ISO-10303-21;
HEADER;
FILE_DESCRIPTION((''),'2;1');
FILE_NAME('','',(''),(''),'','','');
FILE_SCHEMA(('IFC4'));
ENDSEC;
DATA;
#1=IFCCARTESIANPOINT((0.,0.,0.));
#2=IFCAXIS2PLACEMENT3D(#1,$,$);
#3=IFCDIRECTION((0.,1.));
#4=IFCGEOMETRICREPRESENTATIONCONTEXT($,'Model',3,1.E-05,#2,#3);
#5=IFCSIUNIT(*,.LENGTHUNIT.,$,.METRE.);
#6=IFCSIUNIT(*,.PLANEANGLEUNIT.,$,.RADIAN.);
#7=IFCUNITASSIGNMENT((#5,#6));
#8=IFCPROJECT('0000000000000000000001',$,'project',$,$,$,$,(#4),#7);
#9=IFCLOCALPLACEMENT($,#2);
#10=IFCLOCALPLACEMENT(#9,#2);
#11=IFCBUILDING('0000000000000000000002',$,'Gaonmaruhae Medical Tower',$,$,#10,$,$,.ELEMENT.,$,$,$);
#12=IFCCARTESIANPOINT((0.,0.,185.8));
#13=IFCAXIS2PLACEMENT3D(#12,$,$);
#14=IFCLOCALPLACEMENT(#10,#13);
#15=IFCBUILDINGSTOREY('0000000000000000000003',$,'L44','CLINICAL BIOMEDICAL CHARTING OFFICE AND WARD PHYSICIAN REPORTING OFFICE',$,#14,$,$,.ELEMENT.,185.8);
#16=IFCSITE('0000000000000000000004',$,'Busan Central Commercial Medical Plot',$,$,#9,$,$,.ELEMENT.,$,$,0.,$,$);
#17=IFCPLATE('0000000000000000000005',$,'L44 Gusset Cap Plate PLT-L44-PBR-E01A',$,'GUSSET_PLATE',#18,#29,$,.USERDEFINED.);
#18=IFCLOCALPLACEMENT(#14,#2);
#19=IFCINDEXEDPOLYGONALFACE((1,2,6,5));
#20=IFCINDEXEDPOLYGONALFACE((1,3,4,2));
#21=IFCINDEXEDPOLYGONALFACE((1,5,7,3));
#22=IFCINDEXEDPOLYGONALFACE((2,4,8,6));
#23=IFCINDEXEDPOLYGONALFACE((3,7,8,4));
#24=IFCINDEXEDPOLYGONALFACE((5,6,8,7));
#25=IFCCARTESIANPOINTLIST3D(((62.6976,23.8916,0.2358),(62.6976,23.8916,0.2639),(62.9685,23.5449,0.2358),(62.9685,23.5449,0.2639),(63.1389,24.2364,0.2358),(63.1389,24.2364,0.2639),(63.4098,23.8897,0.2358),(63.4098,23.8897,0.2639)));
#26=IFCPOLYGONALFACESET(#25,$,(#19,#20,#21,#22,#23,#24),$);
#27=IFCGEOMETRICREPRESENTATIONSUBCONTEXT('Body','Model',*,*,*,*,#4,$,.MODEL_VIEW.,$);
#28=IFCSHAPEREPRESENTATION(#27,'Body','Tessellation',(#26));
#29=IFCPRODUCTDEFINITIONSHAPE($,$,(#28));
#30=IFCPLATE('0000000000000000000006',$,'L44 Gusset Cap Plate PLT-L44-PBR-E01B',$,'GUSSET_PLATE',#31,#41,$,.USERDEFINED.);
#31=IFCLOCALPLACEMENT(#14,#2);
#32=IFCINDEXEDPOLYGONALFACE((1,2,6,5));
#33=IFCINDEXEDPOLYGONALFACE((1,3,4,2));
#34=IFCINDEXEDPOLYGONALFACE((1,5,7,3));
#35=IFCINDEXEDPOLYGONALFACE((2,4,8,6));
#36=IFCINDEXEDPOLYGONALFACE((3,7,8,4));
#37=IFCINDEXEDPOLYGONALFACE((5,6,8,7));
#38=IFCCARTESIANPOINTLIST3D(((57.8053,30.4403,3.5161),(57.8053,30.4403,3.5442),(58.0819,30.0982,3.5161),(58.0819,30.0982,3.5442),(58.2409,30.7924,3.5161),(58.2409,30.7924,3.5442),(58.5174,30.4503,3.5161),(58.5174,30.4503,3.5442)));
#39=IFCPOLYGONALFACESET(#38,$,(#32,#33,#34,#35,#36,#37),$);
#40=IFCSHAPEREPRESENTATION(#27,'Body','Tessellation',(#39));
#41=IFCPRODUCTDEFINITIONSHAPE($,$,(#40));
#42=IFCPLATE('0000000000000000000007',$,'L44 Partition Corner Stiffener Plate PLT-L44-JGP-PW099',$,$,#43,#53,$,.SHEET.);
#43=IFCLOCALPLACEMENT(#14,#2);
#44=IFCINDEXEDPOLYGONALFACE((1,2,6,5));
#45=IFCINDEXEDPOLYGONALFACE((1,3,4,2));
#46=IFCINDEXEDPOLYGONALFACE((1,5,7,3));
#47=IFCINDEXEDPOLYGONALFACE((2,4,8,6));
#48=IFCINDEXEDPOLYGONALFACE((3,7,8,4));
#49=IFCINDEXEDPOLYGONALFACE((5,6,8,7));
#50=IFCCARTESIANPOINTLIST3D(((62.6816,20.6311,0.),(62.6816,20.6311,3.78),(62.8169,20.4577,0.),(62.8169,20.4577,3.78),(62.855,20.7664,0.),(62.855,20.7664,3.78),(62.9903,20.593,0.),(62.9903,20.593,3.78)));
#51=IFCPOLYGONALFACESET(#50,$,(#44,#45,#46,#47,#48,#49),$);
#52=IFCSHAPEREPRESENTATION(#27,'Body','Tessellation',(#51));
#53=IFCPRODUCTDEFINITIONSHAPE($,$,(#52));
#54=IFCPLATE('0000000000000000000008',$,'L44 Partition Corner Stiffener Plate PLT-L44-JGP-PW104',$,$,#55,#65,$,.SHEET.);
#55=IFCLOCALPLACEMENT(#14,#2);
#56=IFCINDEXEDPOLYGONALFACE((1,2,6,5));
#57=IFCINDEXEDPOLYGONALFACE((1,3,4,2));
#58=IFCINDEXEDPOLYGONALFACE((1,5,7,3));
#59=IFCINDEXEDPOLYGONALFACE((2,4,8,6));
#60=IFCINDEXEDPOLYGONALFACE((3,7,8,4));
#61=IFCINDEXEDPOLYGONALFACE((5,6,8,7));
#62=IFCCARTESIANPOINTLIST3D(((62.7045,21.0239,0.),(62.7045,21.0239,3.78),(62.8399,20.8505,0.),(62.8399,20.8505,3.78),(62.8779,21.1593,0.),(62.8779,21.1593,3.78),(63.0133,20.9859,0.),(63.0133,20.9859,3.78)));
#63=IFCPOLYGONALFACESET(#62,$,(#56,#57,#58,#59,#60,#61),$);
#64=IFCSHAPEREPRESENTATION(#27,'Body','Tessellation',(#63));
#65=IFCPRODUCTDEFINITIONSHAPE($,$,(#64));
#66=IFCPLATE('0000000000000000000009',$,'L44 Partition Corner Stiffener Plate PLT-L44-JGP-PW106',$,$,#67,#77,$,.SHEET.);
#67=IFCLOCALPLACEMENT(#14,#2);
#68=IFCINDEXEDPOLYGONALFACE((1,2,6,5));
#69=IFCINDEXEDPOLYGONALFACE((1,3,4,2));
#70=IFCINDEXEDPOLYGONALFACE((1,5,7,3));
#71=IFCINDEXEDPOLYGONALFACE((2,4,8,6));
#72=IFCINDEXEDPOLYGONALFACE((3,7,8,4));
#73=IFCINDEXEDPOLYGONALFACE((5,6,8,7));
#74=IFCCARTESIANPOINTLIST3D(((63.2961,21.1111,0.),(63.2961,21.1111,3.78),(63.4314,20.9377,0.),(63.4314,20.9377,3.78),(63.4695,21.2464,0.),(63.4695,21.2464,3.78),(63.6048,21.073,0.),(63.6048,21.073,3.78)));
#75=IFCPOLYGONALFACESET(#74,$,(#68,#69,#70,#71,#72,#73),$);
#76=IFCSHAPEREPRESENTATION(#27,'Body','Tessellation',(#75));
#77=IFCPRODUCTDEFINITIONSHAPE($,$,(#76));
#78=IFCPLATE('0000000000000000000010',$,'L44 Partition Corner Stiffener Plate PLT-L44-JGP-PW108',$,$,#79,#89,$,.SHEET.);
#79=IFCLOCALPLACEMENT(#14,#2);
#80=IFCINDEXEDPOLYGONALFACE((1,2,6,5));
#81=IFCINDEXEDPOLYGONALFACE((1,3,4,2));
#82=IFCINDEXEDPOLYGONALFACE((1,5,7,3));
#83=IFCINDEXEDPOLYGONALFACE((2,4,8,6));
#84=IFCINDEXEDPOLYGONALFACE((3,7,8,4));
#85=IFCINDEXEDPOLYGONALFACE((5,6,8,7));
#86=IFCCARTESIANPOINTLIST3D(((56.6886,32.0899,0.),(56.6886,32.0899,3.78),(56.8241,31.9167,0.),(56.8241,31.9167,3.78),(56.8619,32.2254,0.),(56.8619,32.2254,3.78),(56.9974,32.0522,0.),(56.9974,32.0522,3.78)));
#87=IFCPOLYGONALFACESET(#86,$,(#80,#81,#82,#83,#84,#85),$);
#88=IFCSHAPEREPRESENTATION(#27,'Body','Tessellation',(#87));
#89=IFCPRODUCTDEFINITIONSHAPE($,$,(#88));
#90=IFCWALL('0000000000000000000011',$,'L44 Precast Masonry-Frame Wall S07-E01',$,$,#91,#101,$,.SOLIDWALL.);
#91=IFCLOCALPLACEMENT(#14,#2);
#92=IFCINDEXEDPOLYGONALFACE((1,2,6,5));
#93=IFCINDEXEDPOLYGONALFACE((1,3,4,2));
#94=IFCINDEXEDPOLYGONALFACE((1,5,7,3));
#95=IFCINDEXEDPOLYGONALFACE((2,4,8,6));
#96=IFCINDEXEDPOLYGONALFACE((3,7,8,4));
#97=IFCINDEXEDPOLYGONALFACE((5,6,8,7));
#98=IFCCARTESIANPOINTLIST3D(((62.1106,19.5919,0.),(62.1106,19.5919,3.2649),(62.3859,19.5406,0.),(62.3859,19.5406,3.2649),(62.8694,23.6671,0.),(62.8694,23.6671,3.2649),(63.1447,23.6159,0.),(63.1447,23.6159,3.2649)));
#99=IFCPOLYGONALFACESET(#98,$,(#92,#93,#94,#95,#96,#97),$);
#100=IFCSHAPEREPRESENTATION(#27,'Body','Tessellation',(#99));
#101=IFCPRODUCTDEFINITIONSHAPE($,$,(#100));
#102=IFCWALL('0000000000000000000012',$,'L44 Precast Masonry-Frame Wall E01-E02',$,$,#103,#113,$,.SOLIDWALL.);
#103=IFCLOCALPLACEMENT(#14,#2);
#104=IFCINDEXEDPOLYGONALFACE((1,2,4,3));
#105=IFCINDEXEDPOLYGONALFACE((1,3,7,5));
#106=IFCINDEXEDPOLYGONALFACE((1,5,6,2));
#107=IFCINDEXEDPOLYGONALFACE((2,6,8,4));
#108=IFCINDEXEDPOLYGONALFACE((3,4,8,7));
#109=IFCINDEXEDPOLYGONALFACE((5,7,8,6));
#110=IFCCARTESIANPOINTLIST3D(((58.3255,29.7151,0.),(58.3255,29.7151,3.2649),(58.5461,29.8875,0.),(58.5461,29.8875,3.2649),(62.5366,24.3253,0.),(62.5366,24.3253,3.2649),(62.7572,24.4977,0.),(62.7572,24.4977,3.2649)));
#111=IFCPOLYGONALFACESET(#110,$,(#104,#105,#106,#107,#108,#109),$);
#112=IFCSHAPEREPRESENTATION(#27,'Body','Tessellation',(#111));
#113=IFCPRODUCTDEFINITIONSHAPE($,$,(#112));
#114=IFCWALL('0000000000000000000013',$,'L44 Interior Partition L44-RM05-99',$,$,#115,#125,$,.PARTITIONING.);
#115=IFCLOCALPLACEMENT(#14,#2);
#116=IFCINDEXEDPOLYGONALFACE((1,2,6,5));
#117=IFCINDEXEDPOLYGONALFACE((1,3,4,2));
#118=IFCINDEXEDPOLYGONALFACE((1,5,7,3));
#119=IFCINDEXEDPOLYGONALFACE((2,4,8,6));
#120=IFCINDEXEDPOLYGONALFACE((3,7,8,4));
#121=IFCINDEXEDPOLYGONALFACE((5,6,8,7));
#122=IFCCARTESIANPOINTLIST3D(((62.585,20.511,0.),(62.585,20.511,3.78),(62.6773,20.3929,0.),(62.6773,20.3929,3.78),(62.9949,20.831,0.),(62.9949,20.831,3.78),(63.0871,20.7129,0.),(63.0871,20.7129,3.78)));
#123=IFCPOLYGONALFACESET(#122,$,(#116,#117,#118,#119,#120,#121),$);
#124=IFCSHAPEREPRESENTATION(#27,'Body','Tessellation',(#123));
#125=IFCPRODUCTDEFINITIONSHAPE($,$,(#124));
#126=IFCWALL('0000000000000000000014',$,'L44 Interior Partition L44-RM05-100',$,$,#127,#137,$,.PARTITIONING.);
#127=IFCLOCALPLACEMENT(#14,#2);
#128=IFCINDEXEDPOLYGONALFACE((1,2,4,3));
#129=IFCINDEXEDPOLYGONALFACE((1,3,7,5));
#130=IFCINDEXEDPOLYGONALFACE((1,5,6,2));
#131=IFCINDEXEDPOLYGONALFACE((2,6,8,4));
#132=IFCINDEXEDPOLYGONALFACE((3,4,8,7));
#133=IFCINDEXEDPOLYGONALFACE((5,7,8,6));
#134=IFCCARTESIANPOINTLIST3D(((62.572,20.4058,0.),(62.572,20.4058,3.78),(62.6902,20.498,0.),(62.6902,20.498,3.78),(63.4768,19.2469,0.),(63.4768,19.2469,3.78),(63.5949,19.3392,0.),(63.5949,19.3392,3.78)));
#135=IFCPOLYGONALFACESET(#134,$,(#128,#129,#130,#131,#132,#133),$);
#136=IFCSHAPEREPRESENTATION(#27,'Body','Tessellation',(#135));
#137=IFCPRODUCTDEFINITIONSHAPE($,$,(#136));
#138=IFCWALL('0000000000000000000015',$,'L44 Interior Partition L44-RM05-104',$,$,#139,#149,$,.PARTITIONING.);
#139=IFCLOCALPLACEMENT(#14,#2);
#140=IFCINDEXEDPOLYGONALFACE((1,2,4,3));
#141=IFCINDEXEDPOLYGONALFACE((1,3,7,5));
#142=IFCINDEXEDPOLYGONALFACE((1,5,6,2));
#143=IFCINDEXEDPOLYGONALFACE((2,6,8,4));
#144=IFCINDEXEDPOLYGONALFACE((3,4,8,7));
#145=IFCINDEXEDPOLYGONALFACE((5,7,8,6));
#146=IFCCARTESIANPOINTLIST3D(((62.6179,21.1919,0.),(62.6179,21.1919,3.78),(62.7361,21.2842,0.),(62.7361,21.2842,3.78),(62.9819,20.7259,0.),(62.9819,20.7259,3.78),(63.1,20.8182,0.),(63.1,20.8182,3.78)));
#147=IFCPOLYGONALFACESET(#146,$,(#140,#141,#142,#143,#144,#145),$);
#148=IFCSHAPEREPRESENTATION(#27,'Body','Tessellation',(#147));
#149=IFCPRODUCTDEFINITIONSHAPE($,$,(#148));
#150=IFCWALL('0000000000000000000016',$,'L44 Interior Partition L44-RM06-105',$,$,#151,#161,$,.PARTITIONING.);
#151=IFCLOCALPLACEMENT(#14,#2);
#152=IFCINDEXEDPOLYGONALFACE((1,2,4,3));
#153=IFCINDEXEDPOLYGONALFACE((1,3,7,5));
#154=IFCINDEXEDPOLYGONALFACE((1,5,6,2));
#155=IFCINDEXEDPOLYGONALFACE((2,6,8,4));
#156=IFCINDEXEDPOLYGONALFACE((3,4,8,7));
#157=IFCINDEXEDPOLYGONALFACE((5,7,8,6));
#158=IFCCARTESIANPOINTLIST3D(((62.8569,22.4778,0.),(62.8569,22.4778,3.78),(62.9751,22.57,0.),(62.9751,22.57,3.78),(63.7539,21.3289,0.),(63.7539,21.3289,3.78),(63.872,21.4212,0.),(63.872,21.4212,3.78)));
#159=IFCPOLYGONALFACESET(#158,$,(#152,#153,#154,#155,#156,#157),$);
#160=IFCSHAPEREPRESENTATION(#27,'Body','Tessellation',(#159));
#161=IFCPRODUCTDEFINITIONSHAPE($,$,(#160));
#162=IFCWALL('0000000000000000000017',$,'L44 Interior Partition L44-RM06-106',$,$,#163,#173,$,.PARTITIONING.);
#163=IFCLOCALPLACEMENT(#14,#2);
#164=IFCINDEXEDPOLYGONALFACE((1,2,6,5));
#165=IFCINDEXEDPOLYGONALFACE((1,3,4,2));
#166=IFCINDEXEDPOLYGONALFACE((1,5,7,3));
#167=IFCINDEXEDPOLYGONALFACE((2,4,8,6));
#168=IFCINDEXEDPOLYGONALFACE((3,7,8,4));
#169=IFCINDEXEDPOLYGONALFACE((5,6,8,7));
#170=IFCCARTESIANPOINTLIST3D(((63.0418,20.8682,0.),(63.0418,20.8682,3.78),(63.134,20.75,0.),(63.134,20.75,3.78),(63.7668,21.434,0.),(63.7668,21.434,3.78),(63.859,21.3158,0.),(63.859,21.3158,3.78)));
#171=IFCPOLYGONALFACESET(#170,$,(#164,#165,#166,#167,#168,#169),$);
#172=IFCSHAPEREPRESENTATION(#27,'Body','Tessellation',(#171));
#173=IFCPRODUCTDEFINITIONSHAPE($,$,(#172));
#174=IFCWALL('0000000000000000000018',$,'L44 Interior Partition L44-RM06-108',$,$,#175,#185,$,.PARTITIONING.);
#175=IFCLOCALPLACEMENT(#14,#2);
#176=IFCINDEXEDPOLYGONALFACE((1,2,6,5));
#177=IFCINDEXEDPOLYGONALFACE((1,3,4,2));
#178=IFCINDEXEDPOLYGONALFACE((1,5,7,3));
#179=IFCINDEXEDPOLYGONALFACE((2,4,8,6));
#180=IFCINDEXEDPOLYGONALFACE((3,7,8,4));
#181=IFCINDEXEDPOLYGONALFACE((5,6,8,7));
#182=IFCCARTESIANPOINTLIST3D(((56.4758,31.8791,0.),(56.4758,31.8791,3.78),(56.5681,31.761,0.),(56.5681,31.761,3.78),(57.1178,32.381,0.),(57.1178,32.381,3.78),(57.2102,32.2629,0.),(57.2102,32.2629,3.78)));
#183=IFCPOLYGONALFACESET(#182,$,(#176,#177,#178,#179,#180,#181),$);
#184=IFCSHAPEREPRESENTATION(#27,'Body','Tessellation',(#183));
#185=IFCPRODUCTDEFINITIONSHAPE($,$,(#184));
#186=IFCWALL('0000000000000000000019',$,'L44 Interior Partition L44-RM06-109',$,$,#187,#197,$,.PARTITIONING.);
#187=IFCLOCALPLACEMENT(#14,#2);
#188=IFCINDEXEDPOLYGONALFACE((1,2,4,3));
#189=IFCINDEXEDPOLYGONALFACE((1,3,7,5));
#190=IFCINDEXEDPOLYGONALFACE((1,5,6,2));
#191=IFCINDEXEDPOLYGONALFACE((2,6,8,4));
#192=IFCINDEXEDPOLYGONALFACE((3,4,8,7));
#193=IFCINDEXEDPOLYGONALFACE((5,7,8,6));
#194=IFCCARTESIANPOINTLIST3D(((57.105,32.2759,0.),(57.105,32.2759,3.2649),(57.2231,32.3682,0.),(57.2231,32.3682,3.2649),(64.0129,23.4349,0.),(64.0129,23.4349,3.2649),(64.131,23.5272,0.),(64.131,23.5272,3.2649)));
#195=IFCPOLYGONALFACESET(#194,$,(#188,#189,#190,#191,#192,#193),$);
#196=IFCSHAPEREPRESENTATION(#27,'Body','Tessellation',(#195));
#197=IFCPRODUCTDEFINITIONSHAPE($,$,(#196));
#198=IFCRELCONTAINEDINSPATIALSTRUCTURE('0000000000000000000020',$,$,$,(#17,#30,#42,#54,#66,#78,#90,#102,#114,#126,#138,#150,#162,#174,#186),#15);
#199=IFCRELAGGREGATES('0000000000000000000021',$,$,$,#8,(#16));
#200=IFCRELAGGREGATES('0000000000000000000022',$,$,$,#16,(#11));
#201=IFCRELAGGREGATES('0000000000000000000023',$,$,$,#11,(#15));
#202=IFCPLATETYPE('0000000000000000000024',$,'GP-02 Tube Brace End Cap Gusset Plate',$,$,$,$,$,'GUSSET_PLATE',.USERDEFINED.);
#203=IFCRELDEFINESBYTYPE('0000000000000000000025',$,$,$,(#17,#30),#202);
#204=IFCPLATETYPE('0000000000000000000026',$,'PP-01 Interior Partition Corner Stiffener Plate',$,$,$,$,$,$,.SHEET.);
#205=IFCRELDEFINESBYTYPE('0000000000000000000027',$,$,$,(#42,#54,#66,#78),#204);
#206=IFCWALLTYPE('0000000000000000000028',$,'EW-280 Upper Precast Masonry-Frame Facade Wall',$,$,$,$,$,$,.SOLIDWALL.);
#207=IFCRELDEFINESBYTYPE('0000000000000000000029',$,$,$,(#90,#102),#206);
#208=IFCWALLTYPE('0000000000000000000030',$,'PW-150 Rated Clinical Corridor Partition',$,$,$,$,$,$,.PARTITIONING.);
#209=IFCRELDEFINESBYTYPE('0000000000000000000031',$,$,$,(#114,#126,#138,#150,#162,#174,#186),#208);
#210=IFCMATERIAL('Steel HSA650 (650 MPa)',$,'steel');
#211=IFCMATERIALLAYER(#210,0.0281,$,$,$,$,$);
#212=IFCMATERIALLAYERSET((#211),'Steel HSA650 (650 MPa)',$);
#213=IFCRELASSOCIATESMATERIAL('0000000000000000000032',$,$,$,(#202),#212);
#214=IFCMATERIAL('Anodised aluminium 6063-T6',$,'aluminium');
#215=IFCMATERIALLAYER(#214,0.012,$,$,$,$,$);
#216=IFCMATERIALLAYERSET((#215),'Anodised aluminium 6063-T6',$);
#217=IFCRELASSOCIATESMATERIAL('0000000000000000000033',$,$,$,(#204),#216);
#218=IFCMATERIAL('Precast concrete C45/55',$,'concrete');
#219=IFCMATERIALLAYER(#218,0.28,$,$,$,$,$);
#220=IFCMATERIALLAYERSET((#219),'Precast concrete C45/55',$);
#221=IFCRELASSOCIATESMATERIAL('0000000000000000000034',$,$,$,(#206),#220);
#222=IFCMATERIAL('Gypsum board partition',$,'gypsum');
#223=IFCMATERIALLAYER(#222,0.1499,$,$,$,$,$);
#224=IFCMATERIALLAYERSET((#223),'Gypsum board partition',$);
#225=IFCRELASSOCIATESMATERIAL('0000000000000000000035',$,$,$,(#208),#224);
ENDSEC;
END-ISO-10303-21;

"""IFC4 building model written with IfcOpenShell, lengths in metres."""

from ifc_helpers import new_model, si_unit, direction, frame, frame_2d, origin, origin_2d, place, context, subcontext, project, spatial, rectangle, extrude, material, layer, layer_set, type_object, element, save


model = new_model("IFC4")

# Units and contexts
model_context = context("Model", 3, precision=1e-05, world=origin(), true_north=direction((0.0, 1.0)))
body_context = subcontext(model_context, "Body", "Model", "MODEL_VIEW")
ifc_project = project(units=[si_unit("LENGTHUNIT", "METRE"), si_unit("PLANEANGLEUNIT", "RADIAN")], contexts=[model_context])

# Site, building, storey
site_placement = place(None, origin())
site = spatial("IfcSite", under=ifc_project, at=site_placement, Name="Busan Central Commercial Medical Plot", CompositionType="ELEMENT", RefElevation=0.0)
building_placement = place(site_placement, origin())
building = spatial("IfcBuilding", under=site, at=building_placement, Name="Gaonmaruhae Medical Tower", CompositionType="ELEMENT")
storey_placement = place(building_placement, frame((0.0, 0.0, 185.8)))
storey = spatial("IfcBuildingStorey", under=building, at=storey_placement, Name="L44", Description="CLINICAL BIOMEDICAL CHARTING OFFICE AND WARD PHYSICIAN REPORTING OFFICE", CompositionType="ELEMENT", Elevation=185.8)

# Plates
ifc_material_1 = material(Name="Steel HSA650 (650 MPa)", Category="steel")
ifc_layer_1 = layer(ifc_material_1, 0.0281)
ifc_layer_set_1 = layer_set([ifc_layer_1], Name="Steel HSA650 (650 MPa)")
plate_type_1 = type_object("IfcPlateType", Name="GP-02 Tube Brace End Cap Gusset Plate", ElementType="GUSSET_PLATE", PredefinedType="USERDEFINED", material=ifc_layer_set_1)
for number, where, z_axis, x_axis, name in (
    (1, (63.0537, 23.8906, 0.2358), (0.0, 0.0, 1.0), (0.788011, 0.615661, 0.0), "L44 Gusset Cap Plate PLT-L44-PBR-E01A"),
    (2, (58.1614, 30.4453, 3.5161), (0.0, 0.0, 1.0), (0.777695, 0.628642, 0.0), "L44 Gusset Cap Plate PLT-L44-PBR-E01B"),
):
    element("IfcPlate", number, at=place(storey_placement, frame(where, z_axis=z_axis, x_axis=x_axis)), inside=storey, type_object=plate_type_1, Name=name, ObjectType="GUSSET_PLATE", PredefinedType="USERDEFINED", context=body_context, shape_type="SweptSolid", body=[
        extrude(rectangle(XDim=0.5601, YDim=0.4399, at=origin_2d()), origin(), (0.0, 0.0, 1.0), 0.0281),
    ])
ifc_material_2 = material(Name="Anodised aluminium 6063-T6", Category="aluminium")
ifc_layer_2 = layer(ifc_material_2, 0.012)
ifc_layer_set_2 = layer_set([ifc_layer_2], Name="Anodised aluminium 6063-T6")
plate_type_2 = type_object("IfcPlateType", Name="PP-01 Interior Partition Corner Stiffener Plate", PredefinedType="SHEET", material=ifc_layer_set_2)
for number, where, z_axis, x_axis, name in (
    (3, (62.8359, 20.6121, 0.0), (0.0, 0.0, 1.0), (-0.788312, -0.615276, 0.0), "L44 Partition Corner Stiffener Plate PLT-L44-JGP-PW099"),
    (4, (62.8589, 21.0049, 0.0), (0.0, 0.0, 1.0), (0.615579, -0.788075, 0.0), "L44 Partition Corner Stiffener Plate PLT-L44-JGP-PW104"),
    (5, (63.4504, 21.092, 0.0), (0.0, 0.0, 1.0), (-0.788236, -0.615373, 0.0), "L44 Partition Corner Stiffener Plate PLT-L44-JGP-PW106"),
    (6, (56.843, 32.071, 0.0), (0.0, 0.0, 1.0), (0.787764, 0.615978, 0.0), "L44 Partition Corner Stiffener Plate PLT-L44-JGP-PW108"),
):
    element("IfcPlate", number, at=place(storey_placement, frame(where, z_axis=z_axis, x_axis=x_axis)), inside=storey, type_object=plate_type_2, Name=name, PredefinedType="SHEET", context=body_context, shape_type="SweptSolid", body=[
        extrude(rectangle(XDim=0.22, YDim=0.22, at=origin_2d()), origin(), (0.0, 0.0, 1.0), 3.78),
    ])

# Walls
ifc_material_3 = material(Name="Precast concrete C45/55", Category="concrete")
ifc_layer_3 = layer(ifc_material_3, 0.28)
ifc_layer_set_3 = layer_set([ifc_layer_3], Name="Precast concrete C45/55")
wall_type_1 = type_object("IfcWallType", Name="EW-280 Upper Precast Masonry-Frame Facade Wall", PredefinedType="SOLIDWALL", material=ifc_layer_set_3)
wall_1_placement = place(storey_placement, frame((63.0071, 23.6416, 0.0), z_axis=(0.0, 0.0, 1.0), x_axis=(-0.183051, -0.983103, 0.0)))
element("IfcWall", 7, at=wall_1_placement, inside=storey, type_object=wall_type_1, Name="L44 Precast Masonry-Frame Wall S07-E01", PredefinedType="SOLIDWALL", context=body_context, shape_type="SweptSolid", body=[
    extrude(rectangle(XDim=4.1453, YDim=0.28, at=frame_2d((2.0728, 0.0))), origin(), (0.0, 0.0, 1.0), 3.2649),
])
wall_2_placement = place(storey_placement, frame((58.4358, 29.8013, 0.0), z_axis=(0.0, 0.0, 1.0), x_axis=(0.615674, -0.788001, 0.0)))
element("IfcWall", 8, at=wall_2_placement, inside=storey, type_object=wall_type_1, Name="L44 Precast Masonry-Frame Wall E01-E02", PredefinedType="SOLIDWALL", context=body_context, shape_type="SweptSolid", body=[
    extrude(rectangle(XDim=6.8398, YDim=0.28, at=frame_2d((3.4199, 0.0))), origin(), (0.0, 0.0, 1.0), 3.2649),
])
ifc_material_4 = material(Name="Gypsum board partition", Category="gypsum")
ifc_layer_4 = layer(ifc_material_4, 0.1499)
ifc_layer_set_4 = layer_set([ifc_layer_4], Name="Gypsum board partition")
wall_type_2 = type_object("IfcWallType", Name="PW-150 Rated Clinical Corridor Partition", PredefinedType="PARTITIONING", material=ifc_layer_set_4)
wall_3_placement = place(storey_placement, frame((63.041, 20.772, 0.0), z_axis=(0.0, 0.0, 1.0), x_axis=(-0.788188, -0.615434, 0.0)))
element("IfcWall", 9, at=wall_3_placement, inside=storey, type_object=wall_type_2, Name="L44 Interior Partition L44-RM05-99", PredefinedType="PARTITIONING", context=body_context, shape_type="SweptSolid", body=[
    extrude(rectangle(XDim=0.52, YDim=0.1499, at=frame_2d((0.26, 0.0))), origin(), (0.0, 0.0, 1.0), 3.78),
])
wall_4_placement = place(storey_placement, frame((62.6311, 20.4519, 0.0), z_axis=(0.0, 0.0, 1.0), x_axis=(0.615377, -0.788233, 0.0)))
element("IfcWall", 10, at=wall_4_placement, inside=storey, type_object=wall_type_2, Name="L44 Interior Partition L44-RM05-100", PredefinedType="PARTITIONING", context=body_context, shape_type="SweptSolid", body=[
    extrude(rectangle(XDim=1.4702, YDim=0.1499, at=frame_2d((0.7351, 0.0))), origin(), (0.0, 0.0, 1.0), 3.78),
])
wall_5_placement = place(storey_placement, frame((62.677, 21.238, 0.0), z_axis=(0.0, 0.0, 1.0), x_axis=(0.61554, -0.788106, 0.0)))
element("IfcWall", 11, at=wall_5_placement, inside=storey, type_object=wall_type_2, Name="L44 Interior Partition L44-RM05-104", PredefinedType="PARTITIONING", context=body_context, shape_type="SweptSolid", body=[
    extrude(rectangle(XDim=0.5913, YDim=0.1499, at=frame_2d((0.2957, 0.0))), origin(), (0.0, 0.0, 1.0), 3.78),
])
wall_6_placement = place(storey_placement, frame((62.916, 22.5239, 0.0), z_axis=(0.0, 0.0, 1.0), x_axis=(0.615377, -0.788233, 0.0)))
element("IfcWall", 12, at=wall_6_placement, inside=storey, type_object=wall_type_2, Name="L44 Interior Partition L44-RM06-105", PredefinedType="PARTITIONING", context=body_context, shape_type="SweptSolid", body=[
    extrude(rectangle(XDim=1.4575, YDim=0.1499, at=frame_2d((0.7288, 0.0))), origin(), (0.0, 0.0, 1.0), 3.78),
])
wall_7_placement = place(storey_placement, frame((63.813, 21.375, 0.0), z_axis=(0.0, 0.0, 1.0), x_axis=(-0.788322, -0.615263, 0.0)))
element("IfcWall", 13, at=wall_7_placement, inside=storey, type_object=wall_type_2, Name="L44 Interior Partition L44-RM06-106", PredefinedType="PARTITIONING", context=body_context, shape_type="SweptSolid", body=[
    extrude(rectangle(XDim=0.9197, YDim=0.1499, at=frame_2d((0.46, 0.0))), origin(), (0.0, 0.0, 1.0), 3.78),
])
wall_8_placement = place(storey_placement, frame((56.522, 31.8201, 0.0), z_axis=(0.0, 0.0, 1.0), x_axis=(0.787834, 0.615888, 0.0)))
element("IfcWall", 14, at=wall_8_placement, inside=storey, type_object=wall_type_2, Name="L44 Interior Partition L44-RM06-108", PredefinedType="PARTITIONING", context=body_context, shape_type="SweptSolid", body=[
    extrude(rectangle(XDim=0.8149, YDim=0.1499, at=frame_2d((0.4075, 0.0))), origin(), (0.0, 0.0, 1.0), 3.78),
])
wall_9_placement = place(storey_placement, frame((57.1641, 32.322, 0.0), z_axis=(0.0, 0.0, 1.0), x_axis=(0.615693, -0.787986, 0.0)))
element("IfcWall", 15, at=wall_9_placement, inside=storey, type_object=wall_type_2, Name="L44 Interior Partition L44-RM06-109", PredefinedType="PARTITIONING", context=body_context, shape_type="SweptSolid", body=[
    extrude(rectangle(XDim=11.2197, YDim=0.1499, at=frame_2d((5.6099, 0.0))), origin(), (0.0, 0.0, 1.0), 3.2649),
])

save(model, "model.ifc")
